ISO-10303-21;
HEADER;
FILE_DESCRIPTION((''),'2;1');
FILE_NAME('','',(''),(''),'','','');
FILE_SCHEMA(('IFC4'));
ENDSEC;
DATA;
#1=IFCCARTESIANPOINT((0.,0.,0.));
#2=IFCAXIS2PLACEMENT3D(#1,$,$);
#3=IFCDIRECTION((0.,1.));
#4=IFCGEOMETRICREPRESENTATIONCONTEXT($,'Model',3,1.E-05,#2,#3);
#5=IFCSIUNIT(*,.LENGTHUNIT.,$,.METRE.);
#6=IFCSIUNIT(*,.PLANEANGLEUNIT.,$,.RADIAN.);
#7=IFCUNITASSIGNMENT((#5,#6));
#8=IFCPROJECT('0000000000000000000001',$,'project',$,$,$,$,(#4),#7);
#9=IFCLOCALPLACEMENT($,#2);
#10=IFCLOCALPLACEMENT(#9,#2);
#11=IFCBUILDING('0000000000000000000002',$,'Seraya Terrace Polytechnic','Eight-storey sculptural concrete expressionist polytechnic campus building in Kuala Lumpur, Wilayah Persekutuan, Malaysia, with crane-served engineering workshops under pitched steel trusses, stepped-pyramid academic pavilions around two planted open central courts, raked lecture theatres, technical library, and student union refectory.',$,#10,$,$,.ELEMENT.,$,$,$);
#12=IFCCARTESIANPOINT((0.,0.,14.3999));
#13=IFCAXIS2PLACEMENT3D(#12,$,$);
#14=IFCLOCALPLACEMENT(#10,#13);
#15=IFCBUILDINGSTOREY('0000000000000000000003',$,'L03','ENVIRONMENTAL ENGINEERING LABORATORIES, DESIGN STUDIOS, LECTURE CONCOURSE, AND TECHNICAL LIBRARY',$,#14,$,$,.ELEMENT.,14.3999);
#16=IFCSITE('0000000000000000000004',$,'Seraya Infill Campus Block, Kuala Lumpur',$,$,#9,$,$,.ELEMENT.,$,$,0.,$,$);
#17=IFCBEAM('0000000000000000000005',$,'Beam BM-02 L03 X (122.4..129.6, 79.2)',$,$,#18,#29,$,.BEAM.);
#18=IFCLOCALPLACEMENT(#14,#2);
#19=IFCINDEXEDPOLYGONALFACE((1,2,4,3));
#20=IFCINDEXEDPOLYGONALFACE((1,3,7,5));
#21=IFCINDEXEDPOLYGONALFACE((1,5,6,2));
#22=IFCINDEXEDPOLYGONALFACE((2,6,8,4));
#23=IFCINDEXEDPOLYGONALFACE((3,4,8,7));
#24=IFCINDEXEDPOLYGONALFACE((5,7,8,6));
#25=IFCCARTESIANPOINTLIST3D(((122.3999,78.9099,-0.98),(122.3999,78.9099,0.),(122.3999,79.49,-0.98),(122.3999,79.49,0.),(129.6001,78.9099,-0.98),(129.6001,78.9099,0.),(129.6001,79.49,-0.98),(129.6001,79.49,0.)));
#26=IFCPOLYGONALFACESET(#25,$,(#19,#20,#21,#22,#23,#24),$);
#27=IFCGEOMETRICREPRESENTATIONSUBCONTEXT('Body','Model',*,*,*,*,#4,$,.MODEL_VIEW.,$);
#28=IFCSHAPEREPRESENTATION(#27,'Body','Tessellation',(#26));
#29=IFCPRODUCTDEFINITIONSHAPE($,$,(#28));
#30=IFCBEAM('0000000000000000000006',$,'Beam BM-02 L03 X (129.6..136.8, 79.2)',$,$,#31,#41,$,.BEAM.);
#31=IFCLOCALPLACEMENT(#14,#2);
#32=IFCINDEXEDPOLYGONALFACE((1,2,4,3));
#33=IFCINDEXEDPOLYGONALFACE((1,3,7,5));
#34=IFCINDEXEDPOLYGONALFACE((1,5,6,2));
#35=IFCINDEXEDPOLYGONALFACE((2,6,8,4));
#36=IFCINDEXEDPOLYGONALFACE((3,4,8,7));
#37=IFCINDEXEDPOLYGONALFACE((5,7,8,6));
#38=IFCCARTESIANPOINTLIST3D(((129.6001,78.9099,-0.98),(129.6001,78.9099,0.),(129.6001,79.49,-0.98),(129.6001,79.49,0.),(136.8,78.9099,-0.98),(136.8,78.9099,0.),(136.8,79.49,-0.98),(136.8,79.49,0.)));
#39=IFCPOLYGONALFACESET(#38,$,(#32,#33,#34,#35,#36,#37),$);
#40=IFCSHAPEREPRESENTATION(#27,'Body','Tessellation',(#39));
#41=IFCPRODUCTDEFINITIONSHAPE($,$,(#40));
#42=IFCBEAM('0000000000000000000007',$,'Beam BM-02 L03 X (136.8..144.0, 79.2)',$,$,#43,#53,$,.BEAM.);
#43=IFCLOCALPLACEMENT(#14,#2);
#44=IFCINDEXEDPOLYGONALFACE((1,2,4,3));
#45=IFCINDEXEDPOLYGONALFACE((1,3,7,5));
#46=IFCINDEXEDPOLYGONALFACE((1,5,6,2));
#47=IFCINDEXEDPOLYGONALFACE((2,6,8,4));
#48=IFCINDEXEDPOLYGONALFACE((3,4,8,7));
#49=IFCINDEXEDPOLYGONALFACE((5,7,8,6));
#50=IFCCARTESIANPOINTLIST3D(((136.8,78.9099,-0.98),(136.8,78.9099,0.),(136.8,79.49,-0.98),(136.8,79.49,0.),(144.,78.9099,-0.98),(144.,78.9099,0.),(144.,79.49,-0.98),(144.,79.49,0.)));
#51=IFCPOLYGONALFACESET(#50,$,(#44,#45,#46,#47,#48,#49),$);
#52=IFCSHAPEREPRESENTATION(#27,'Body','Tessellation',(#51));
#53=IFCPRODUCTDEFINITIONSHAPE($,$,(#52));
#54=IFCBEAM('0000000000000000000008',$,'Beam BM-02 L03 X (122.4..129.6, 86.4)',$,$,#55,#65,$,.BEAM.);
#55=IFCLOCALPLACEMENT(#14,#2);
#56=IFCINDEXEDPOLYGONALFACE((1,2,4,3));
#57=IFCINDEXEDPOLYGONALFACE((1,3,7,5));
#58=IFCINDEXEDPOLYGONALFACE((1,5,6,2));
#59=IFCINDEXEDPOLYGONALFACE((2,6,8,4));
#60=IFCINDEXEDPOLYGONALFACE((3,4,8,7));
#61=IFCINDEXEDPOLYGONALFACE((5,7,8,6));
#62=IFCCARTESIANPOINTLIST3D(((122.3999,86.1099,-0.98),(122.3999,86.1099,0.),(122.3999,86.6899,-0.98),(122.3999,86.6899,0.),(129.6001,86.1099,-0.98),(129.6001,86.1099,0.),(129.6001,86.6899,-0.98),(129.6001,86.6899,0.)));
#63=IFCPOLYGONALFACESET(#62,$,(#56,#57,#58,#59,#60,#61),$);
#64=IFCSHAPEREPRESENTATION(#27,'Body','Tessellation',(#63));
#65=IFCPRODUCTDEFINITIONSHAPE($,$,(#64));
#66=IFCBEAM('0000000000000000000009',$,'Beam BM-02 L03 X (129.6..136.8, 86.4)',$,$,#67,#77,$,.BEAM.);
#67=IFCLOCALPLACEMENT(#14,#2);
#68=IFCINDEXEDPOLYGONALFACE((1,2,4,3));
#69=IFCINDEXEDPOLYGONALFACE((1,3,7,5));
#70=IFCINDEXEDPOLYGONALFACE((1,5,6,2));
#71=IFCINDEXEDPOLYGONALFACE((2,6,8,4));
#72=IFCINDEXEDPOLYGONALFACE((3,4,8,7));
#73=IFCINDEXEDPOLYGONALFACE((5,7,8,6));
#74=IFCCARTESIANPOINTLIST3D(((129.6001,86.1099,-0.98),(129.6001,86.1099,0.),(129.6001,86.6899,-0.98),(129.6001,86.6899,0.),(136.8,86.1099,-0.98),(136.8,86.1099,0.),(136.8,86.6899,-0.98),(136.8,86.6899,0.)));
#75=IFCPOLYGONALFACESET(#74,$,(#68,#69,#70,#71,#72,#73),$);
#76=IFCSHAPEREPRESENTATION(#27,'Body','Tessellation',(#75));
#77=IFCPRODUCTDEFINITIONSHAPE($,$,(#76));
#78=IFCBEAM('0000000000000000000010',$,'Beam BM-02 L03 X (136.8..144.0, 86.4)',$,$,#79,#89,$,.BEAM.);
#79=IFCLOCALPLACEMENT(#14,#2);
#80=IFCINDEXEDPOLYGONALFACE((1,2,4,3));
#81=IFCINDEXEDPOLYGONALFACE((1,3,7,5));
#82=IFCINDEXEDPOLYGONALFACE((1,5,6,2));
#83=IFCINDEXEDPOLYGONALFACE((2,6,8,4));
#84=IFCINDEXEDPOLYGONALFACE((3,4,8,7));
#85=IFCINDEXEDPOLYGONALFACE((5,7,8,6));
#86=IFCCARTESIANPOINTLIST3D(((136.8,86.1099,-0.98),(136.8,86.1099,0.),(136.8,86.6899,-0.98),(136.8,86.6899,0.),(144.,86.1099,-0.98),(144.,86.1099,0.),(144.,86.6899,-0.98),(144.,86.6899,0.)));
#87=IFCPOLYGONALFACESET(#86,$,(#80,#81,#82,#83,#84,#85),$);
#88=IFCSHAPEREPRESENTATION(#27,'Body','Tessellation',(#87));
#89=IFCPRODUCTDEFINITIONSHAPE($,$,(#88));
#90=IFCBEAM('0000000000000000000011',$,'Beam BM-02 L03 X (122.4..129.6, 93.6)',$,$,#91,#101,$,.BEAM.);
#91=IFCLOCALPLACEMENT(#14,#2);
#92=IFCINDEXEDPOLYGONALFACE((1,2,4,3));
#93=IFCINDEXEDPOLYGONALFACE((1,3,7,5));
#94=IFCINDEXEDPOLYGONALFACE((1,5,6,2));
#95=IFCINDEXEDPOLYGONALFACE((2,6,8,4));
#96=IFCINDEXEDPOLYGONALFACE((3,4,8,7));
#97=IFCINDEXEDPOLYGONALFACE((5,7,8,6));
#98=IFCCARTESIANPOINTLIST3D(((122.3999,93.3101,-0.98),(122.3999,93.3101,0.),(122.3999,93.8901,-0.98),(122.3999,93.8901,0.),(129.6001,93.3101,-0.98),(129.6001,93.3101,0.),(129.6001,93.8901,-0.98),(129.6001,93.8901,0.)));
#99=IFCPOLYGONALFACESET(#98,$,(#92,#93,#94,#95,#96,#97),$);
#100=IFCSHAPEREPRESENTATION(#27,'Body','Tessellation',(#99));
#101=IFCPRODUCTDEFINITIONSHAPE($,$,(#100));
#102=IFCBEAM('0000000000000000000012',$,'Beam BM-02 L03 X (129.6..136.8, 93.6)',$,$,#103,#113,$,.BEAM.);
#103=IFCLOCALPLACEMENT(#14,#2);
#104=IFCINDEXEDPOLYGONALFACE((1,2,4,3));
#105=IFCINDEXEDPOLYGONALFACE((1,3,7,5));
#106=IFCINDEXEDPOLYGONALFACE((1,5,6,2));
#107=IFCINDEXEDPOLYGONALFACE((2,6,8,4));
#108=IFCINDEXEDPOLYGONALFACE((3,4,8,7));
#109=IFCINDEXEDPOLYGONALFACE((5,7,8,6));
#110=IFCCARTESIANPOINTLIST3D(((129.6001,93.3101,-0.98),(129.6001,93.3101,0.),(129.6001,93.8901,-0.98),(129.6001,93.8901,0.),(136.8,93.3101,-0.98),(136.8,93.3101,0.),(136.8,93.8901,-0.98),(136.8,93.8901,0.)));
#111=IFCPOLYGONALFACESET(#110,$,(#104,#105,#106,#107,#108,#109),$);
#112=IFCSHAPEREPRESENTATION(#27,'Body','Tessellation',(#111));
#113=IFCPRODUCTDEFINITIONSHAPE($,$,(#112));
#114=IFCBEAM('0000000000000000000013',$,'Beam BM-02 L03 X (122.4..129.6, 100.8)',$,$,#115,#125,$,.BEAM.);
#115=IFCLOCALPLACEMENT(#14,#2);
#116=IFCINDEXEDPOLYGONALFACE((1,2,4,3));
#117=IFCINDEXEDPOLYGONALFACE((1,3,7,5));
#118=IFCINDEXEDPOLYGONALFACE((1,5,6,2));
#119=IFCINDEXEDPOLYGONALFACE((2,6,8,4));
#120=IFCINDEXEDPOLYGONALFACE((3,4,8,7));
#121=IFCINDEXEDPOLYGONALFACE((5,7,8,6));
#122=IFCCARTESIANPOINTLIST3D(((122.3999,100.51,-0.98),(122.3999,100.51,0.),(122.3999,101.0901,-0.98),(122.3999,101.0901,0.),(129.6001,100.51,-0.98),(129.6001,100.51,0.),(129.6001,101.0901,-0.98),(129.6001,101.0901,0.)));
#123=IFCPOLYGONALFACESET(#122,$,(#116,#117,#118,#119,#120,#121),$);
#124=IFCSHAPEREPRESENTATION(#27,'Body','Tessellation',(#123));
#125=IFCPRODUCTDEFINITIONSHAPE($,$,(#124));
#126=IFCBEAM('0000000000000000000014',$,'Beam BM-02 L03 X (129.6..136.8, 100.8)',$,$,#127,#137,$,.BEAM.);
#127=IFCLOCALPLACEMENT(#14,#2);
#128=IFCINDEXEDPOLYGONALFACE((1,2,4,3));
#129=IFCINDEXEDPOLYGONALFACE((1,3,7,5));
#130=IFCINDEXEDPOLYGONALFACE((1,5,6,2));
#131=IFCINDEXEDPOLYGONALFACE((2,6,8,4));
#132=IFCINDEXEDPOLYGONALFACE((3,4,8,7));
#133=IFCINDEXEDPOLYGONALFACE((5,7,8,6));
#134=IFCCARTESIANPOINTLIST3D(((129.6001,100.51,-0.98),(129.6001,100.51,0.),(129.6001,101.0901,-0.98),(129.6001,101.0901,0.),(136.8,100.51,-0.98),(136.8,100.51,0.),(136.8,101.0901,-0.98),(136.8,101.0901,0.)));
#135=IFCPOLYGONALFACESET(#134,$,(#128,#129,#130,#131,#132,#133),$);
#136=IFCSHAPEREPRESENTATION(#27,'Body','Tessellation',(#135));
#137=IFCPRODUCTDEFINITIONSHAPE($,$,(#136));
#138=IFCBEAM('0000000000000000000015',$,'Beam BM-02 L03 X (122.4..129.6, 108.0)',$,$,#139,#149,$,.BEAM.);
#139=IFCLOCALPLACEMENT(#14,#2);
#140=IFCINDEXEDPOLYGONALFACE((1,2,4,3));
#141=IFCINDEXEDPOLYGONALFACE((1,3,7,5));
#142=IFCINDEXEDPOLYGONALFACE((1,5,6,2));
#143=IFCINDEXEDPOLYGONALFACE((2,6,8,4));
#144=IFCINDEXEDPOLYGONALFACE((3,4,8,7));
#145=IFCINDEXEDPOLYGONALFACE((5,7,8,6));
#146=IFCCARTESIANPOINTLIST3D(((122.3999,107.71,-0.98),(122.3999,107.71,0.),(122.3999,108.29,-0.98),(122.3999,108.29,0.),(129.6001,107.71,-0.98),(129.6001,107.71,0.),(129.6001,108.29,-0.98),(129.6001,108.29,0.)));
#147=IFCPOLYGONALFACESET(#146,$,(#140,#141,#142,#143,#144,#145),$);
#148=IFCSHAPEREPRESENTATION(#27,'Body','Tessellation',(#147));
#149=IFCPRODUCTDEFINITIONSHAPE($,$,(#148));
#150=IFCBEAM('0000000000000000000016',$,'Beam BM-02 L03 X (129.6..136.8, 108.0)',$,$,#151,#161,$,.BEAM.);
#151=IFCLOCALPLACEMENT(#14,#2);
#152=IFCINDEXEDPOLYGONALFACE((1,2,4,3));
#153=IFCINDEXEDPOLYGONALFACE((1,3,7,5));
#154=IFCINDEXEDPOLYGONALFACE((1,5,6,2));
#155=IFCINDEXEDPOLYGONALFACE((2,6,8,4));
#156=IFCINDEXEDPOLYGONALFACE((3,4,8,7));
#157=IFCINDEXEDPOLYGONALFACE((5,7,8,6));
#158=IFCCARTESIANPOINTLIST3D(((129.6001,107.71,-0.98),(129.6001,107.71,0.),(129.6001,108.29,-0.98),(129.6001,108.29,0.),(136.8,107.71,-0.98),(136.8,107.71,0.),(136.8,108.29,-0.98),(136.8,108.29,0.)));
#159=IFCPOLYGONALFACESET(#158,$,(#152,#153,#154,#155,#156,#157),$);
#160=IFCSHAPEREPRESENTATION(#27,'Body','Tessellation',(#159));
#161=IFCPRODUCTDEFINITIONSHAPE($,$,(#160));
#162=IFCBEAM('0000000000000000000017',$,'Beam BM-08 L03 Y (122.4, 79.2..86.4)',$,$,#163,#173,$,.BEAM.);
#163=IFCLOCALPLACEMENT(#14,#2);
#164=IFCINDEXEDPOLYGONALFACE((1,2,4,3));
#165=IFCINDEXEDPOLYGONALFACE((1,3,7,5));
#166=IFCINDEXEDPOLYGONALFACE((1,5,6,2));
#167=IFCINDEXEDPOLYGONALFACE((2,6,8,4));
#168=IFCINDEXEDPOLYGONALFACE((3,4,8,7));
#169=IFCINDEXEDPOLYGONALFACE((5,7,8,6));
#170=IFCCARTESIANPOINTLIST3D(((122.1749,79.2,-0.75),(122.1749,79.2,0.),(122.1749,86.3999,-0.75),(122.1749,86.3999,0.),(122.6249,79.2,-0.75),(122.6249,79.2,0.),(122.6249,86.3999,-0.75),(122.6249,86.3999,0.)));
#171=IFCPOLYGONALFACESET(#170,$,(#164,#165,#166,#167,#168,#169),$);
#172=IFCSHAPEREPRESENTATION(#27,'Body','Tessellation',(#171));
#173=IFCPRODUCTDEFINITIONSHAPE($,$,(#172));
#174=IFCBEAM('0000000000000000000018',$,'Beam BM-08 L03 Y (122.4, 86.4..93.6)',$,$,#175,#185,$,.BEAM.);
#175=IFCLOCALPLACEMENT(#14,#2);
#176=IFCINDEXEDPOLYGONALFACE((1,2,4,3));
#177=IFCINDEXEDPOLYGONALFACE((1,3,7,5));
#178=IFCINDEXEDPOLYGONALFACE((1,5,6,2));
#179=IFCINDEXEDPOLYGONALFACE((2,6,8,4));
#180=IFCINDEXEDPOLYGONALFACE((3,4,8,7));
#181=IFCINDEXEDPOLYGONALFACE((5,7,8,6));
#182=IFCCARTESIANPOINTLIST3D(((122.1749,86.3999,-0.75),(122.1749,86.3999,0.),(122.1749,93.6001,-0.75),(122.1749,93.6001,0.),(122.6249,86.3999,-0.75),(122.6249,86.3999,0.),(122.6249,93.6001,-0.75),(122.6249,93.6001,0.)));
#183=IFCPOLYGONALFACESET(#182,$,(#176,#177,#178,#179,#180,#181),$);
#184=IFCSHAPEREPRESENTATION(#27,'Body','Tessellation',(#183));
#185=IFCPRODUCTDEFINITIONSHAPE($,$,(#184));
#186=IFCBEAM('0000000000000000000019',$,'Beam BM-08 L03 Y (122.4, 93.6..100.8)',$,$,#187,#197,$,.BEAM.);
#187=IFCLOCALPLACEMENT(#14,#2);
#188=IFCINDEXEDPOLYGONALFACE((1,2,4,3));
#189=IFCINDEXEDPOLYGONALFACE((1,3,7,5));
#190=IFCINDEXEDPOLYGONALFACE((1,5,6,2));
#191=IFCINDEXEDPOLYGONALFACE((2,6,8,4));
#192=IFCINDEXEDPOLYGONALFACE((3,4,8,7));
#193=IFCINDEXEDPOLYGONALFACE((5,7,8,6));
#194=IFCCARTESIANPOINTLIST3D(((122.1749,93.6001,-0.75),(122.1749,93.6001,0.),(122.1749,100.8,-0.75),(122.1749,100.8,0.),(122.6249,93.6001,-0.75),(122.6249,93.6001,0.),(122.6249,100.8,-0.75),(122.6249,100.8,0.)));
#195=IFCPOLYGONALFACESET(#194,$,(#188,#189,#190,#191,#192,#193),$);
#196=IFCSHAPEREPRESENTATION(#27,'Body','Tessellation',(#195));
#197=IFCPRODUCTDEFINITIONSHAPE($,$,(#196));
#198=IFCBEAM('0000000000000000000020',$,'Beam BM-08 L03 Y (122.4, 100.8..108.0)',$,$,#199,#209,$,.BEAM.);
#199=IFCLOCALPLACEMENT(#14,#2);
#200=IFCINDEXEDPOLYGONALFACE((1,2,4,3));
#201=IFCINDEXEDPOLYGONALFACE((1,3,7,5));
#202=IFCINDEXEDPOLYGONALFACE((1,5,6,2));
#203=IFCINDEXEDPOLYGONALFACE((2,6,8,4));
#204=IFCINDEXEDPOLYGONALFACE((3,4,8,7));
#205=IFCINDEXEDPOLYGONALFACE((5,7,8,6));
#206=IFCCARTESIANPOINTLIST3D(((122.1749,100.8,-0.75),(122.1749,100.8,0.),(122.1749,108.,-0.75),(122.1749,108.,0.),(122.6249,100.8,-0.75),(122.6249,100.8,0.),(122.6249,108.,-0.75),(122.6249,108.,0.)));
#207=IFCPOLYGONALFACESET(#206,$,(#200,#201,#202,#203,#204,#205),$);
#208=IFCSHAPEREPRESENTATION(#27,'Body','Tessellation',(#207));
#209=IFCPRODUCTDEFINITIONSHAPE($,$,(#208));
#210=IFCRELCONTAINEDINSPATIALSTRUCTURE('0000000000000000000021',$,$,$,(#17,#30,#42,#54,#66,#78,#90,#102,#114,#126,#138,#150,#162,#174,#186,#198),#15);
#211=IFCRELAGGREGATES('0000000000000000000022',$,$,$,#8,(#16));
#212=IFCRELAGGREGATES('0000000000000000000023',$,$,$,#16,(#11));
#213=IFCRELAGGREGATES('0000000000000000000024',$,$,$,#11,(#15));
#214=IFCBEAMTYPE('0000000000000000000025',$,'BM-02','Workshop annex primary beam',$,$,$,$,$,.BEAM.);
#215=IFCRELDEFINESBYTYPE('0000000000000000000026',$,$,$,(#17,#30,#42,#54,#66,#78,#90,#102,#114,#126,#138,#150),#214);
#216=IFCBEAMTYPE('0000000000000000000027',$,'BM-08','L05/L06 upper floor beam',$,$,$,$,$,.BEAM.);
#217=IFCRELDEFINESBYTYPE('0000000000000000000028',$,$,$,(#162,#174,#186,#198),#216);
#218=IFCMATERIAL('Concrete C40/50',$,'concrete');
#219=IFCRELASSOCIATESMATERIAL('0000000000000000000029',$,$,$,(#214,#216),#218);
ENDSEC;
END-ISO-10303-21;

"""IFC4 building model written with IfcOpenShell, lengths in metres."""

from ifc_helpers import new_model, si_unit, direction, frame, origin, origin_2d, place, context, subcontext, project, spatial, rectangle, extrude, material, material_profile, profile_set, type_object, element, save


model = new_model("IFC4")

# Units and contexts
model_context = context("Model", 3, precision=1e-05, world=origin(), true_north=direction((0.0, 1.0)))
body_context = subcontext(model_context, "Body", "Model", "MODEL_VIEW")
ifc_project = project(units=[si_unit("LENGTHUNIT", "METRE"), si_unit("PLANEANGLEUNIT", "RADIAN")], contexts=[model_context])

# Site, building, storey
site_placement = place(None, origin())
site = spatial("IfcSite", under=ifc_project, at=site_placement, Name="Seraya Infill Campus Block, Kuala Lumpur", CompositionType="ELEMENT", RefElevation=0.0)
building_placement = place(site_placement, origin())
building = spatial("IfcBuilding", under=site, at=building_placement, Name="Seraya Terrace Polytechnic", Description="Eight-storey sculptural concrete expressionist polytechnic campus building in Kuala Lumpur, Wilayah Persekutuan, Malaysia, with crane-served engineering workshops under pitched steel trusses, stepped-pyramid academic pavilions around two planted open central courts, raked lecture theatres, technical library, and student union refectory.", CompositionType="ELEMENT")
storey_placement = place(building_placement, frame((0.0, 0.0, 14.3999)))
storey = spatial("IfcBuildingStorey", under=building, at=storey_placement, Name="L03", Description="ENVIRONMENTAL ENGINEERING LABORATORIES, DESIGN STUDIOS, LECTURE CONCOURSE, AND TECHNICAL LIBRARY", CompositionType="ELEMENT", Elevation=14.3999)

# Beams
ifc_material_1 = material(Name="Concrete C40/50", Category="concrete")
ifc_material_profile_1 = material_profile(ifc_material_1, rectangle(XDim=0.5801, YDim=0.98, at=origin_2d()), Name="RC 580x980")
ifc_profile_set_1 = profile_set([ifc_material_profile_1], Name="Concrete C40/50")
beam_type_1 = type_object("IfcBeamType", Name="BM-02", Description="Workshop annex primary beam", PredefinedType="BEAM", material=ifc_profile_set_1)
beam_1_placement = place(storey_placement, frame((122.3999, 79.2, -0.49), z_axis=(1.0, 0.0, 0.0), x_axis=(0.0, 1.0, 0.0)))
element("IfcBeam", 1, at=beam_1_placement, inside=storey, type_object=beam_type_1, Name="Beam BM-02 L03 X (122.4..129.6, 79.2)", PredefinedType="BEAM", context=body_context, shape_type="SweptSolid", body=[
    extrude(rectangle(XDim=0.5801, YDim=0.98, at=origin_2d()), origin(), (0.0, 0.0, 1.0), 7.2002),
])
for number, where, z_axis, x_axis, name in (
    (2, (129.6001, 79.2, -0.49), (1.0, 0.0, 0.0), (0.0, 1.0, 0.0), "Beam BM-02 L03 X (129.6..136.8, 79.2)"),
    (3, (136.8, 79.2, -0.49), (1.0, 0.0, 0.0), (0.0, 1.0, 0.0), "Beam BM-02 L03 X (136.8..144.0, 79.2)"),
):
    element("IfcBeam", number, at=place(storey_placement, frame(where, z_axis=z_axis, x_axis=x_axis)), inside=storey, type_object=beam_type_1, Name=name, PredefinedType="BEAM", context=body_context, shape_type="SweptSolid", body=[
        extrude(rectangle(XDim=0.5801, YDim=0.98, at=origin_2d()), origin(), (0.0, 0.0, 1.0), 7.2),
    ])
beam_2_placement = place(storey_placement, frame((122.3999, 86.3999, -0.49), z_axis=(1.0, 0.0, 0.0), x_axis=(0.0, 1.0, 0.0)))
element("IfcBeam", 4, at=beam_2_placement, inside=storey, type_object=beam_type_1, Name="Beam BM-02 L03 X (122.4..129.6, 86.4)", PredefinedType="BEAM", context=body_context, shape_type="SweptSolid", body=[
    extrude(rectangle(XDim=0.5801, YDim=0.98, at=origin_2d()), origin(), (0.0, 0.0, 1.0), 7.2002),
])
for number, where, z_axis, x_axis, name in (
    (5, (129.6001, 86.3999, -0.49), (1.0, 0.0, 0.0), (0.0, 1.0, 0.0), "Beam BM-02 L03 X (129.6..136.8, 86.4)"),
    (6, (136.8, 86.3999, -0.49), (1.0, 0.0, 0.0), (0.0, 1.0, 0.0), "Beam BM-02 L03 X (136.8..144.0, 86.4)"),
):
    element("IfcBeam", number, at=place(storey_placement, frame(where, z_axis=z_axis, x_axis=x_axis)), inside=storey, type_object=beam_type_1, Name=name, PredefinedType="BEAM", context=body_context, shape_type="SweptSolid", body=[
        extrude(rectangle(XDim=0.5801, YDim=0.98, at=origin_2d()), origin(), (0.0, 0.0, 1.0), 7.2),
    ])
beam_3_placement = place(storey_placement, frame((122.3999, 93.6001, -0.49), z_axis=(1.0, 0.0, 0.0), x_axis=(0.0, 1.0, 0.0)))
element("IfcBeam", 7, at=beam_3_placement, inside=storey, type_object=beam_type_1, Name="Beam BM-02 L03 X (122.4..129.6, 93.6)", PredefinedType="BEAM", context=body_context, shape_type="SweptSolid", body=[
    extrude(rectangle(XDim=0.5801, YDim=0.98, at=origin_2d()), origin(), (0.0, 0.0, 1.0), 7.2002),
])
beam_4_placement = place(storey_placement, frame((129.6001, 93.6001, -0.49), z_axis=(1.0, 0.0, 0.0), x_axis=(0.0, 1.0, 0.0)))
element("IfcBeam", 8, at=beam_4_placement, inside=storey, type_object=beam_type_1, Name="Beam BM-02 L03 X (129.6..136.8, 93.6)", PredefinedType="BEAM", context=body_context, shape_type="SweptSolid", body=[
    extrude(rectangle(XDim=0.5801, YDim=0.98, at=origin_2d()), origin(), (0.0, 0.0, 1.0), 7.2),
])
beam_5_placement = place(storey_placement, frame((122.3999, 100.8, -0.49), z_axis=(1.0, 0.0, 0.0), x_axis=(0.0, 1.0, 0.0)))
element("IfcBeam", 9, at=beam_5_placement, inside=storey, type_object=beam_type_1, Name="Beam BM-02 L03 X (122.4..129.6, 100.8)", PredefinedType="BEAM", context=body_context, shape_type="SweptSolid", body=[
    extrude(rectangle(XDim=0.5801, YDim=0.98, at=origin_2d()), origin(), (0.0, 0.0, 1.0), 7.2002),
])
beam_6_placement = place(storey_placement, frame((129.6001, 100.8, -0.49), z_axis=(1.0, 0.0, 0.0), x_axis=(0.0, 1.0, 0.0)))
element("IfcBeam", 10, at=beam_6_placement, inside=storey, type_object=beam_type_1, Name="Beam BM-02 L03 X (129.6..136.8, 100.8)", PredefinedType="BEAM", context=body_context, shape_type="SweptSolid", body=[
    extrude(rectangle(XDim=0.5801, YDim=0.98, at=origin_2d()), origin(), (0.0, 0.0, 1.0), 7.2),
])
beam_7_placement = place(storey_placement, frame((122.3999, 108.0, -0.49), z_axis=(1.0, 0.0, 0.0), x_axis=(0.0, 1.0, 0.0)))
element("IfcBeam", 11, at=beam_7_placement, inside=storey, type_object=beam_type_1, Name="Beam BM-02 L03 X (122.4..129.6, 108.0)", PredefinedType="BEAM", context=body_context, shape_type="SweptSolid", body=[
    extrude(rectangle(XDim=0.5801, YDim=0.98, at=origin_2d()), origin(), (0.0, 0.0, 1.0), 7.2002),
])
beam_8_placement = place(storey_placement, frame((129.6001, 108.0, -0.49), z_axis=(1.0, 0.0, 0.0), x_axis=(0.0, 1.0, 0.0)))
element("IfcBeam", 12, at=beam_8_placement, inside=storey, type_object=beam_type_1, Name="Beam BM-02 L03 X (129.6..136.8, 108.0)", PredefinedType="BEAM", context=body_context, shape_type="SweptSolid", body=[
    extrude(rectangle(XDim=0.5801, YDim=0.98, at=origin_2d()), origin(), (0.0, 0.0, 1.0), 7.2),
])
ifc_material_profile_2 = material_profile(ifc_material_1, rectangle(XDim=0.45, YDim=0.75, at=origin_2d()), Name="RC 450x750")
ifc_profile_set_2 = profile_set([ifc_material_profile_2], Name="Concrete C40/50")
beam_type_2 = type_object("IfcBeamType", Name="BM-08", Description="L05/L06 upper floor beam", PredefinedType="BEAM", material=ifc_profile_set_2)
beam_9_placement = place(storey_placement, frame((122.3999, 79.2, -0.375), z_axis=(0.0, 1.0, 0.0), x_axis=(-1.0, 0.0, 0.0)))
element("IfcBeam", 13, at=beam_9_placement, inside=storey, type_object=beam_type_2, Name="Beam BM-08 L03 Y (122.4, 79.2..86.4)", PredefinedType="BEAM", context=body_context, shape_type="SweptSolid", body=[
    extrude(rectangle(XDim=0.45, YDim=0.75, at=origin_2d()), origin(), (0.0, 0.0, 1.0), 7.2),
])
beam_10_placement = place(storey_placement, frame((122.3999, 86.3999, -0.375), z_axis=(0.0, 1.0, 0.0), x_axis=(-1.0, 0.0, 0.0)))
element("IfcBeam", 14, at=beam_10_placement, inside=storey, type_object=beam_type_2, Name="Beam BM-08 L03 Y (122.4, 86.4..93.6)", PredefinedType="BEAM", context=body_context, shape_type="SweptSolid", body=[
    extrude(rectangle(XDim=0.45, YDim=0.75, at=origin_2d()), origin(), (0.0, 0.0, 1.0), 7.2002),
])
for number, where, z_axis, x_axis, name in (
    (15, (122.3999, 93.6001, -0.375), (0.0, 1.0, 0.0), (-1.0, 0.0, 0.0), "Beam BM-08 L03 Y (122.4, 93.6..100.8)"),
    (16, (122.3999, 100.8, -0.375), (0.0, 1.0, 0.0), (-1.0, 0.0, 0.0), "Beam BM-08 L03 Y (122.4, 100.8..108.0)"),
):
    element("IfcBeam", number, at=place(storey_placement, frame(where, z_axis=z_axis, x_axis=x_axis)), inside=storey, type_object=beam_type_2, Name=name, PredefinedType="BEAM", context=body_context, shape_type="SweptSolid", body=[
        extrude(rectangle(XDim=0.45, YDim=0.75, at=origin_2d()), origin(), (0.0, 0.0, 1.0), 7.2),
    ])

save(model, "model.ifc")
